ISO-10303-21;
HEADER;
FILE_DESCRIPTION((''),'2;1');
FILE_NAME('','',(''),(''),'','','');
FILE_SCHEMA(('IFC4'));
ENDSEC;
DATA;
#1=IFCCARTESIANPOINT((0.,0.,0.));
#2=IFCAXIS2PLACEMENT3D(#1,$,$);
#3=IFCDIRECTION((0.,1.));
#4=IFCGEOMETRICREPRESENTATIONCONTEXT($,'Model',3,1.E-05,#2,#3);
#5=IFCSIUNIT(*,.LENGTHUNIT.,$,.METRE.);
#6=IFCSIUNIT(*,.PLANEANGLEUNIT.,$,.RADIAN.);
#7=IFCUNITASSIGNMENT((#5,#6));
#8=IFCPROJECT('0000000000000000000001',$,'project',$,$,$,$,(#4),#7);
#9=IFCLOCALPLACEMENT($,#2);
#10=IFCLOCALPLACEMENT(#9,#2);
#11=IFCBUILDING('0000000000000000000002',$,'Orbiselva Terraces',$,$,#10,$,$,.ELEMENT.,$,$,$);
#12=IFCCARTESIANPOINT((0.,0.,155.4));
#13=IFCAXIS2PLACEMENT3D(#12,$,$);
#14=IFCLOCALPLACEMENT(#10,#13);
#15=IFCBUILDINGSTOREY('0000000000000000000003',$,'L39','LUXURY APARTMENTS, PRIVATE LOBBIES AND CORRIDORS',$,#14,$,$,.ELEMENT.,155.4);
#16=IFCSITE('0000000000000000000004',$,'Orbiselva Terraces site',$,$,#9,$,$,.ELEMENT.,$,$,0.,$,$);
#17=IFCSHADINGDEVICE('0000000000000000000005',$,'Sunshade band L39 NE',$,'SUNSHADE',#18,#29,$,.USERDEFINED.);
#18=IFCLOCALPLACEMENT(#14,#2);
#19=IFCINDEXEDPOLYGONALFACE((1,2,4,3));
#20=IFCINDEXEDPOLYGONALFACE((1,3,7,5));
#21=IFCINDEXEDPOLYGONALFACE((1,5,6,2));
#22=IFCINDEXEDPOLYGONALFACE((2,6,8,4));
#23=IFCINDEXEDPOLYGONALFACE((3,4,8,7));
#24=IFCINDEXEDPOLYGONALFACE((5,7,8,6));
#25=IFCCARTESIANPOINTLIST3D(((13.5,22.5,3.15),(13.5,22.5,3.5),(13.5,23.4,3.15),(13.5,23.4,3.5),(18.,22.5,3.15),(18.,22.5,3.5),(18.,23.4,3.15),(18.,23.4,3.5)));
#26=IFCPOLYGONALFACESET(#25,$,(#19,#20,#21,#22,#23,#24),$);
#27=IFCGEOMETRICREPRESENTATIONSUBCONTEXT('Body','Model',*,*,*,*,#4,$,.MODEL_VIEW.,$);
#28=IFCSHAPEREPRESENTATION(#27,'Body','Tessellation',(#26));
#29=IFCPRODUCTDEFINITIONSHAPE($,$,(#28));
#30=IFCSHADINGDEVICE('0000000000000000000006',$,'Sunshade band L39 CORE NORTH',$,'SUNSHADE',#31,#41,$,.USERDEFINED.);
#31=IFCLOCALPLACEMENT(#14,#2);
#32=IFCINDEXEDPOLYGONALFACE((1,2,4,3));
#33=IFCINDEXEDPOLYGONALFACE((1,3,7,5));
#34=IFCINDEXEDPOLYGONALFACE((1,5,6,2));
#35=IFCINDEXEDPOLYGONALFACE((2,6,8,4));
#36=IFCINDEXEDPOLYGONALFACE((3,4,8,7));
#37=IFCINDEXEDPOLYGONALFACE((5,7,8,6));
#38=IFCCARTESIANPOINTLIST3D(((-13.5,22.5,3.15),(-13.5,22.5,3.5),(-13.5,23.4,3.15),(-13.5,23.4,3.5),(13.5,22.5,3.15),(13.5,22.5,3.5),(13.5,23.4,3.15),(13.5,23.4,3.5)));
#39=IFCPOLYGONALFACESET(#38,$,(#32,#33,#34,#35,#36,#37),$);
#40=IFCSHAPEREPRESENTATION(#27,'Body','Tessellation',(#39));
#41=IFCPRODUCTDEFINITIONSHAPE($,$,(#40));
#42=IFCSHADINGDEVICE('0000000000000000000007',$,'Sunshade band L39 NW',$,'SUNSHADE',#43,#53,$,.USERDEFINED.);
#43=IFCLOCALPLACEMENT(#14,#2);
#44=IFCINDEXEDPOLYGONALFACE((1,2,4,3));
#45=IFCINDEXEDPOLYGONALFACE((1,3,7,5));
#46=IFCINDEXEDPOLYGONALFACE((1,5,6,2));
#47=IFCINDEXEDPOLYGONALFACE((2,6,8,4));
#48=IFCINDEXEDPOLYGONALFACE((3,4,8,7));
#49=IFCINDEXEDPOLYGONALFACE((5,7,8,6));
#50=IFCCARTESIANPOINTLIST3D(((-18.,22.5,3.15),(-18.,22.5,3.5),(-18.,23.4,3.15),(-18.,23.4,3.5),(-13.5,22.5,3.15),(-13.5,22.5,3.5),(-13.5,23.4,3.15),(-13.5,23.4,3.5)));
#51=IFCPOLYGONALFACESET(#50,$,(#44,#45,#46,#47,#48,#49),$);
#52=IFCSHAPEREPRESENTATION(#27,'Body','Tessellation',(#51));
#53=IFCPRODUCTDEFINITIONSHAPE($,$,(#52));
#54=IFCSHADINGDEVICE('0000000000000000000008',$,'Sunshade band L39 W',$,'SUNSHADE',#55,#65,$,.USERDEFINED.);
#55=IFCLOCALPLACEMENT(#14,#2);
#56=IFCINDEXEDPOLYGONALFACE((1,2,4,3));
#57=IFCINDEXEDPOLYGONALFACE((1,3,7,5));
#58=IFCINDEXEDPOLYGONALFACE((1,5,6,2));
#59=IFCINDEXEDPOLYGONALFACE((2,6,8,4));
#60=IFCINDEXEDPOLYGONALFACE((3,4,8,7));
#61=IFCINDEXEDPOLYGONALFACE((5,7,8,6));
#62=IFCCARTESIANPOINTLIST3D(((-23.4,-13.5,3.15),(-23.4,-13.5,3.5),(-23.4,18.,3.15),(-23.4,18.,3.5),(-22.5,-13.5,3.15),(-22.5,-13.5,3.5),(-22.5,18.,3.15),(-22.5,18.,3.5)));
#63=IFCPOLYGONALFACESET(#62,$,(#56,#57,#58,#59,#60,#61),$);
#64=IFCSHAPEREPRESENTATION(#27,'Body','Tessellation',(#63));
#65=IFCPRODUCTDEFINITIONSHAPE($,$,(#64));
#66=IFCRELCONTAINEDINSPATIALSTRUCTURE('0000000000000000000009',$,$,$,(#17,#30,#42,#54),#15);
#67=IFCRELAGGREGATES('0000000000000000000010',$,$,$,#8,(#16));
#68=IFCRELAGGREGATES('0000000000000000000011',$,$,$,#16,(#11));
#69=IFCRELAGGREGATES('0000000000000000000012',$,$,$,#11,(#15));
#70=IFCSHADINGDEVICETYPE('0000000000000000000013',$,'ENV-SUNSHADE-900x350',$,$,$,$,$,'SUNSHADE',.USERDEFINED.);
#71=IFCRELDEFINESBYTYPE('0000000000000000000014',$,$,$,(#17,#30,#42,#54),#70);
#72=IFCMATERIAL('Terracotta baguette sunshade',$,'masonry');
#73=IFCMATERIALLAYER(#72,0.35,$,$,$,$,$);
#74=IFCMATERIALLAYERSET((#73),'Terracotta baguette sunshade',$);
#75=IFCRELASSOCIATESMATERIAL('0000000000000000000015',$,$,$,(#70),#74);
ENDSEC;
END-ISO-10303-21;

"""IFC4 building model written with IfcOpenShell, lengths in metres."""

from ifc_helpers import new_model, si_unit, direction, frame, origin, place, context, subcontext, project, spatial, polyline, outline, extrude, material, layer, layer_set, type_object, element, save


model = new_model("IFC4")

# Units and contexts
model_context = context("Model", 3, precision=1e-05, world=origin(), true_north=direction((0.0, 1.0)))
body_context = subcontext(model_context, "Body", "Model", "MODEL_VIEW")
ifc_project = project(units=[si_unit("LENGTHUNIT", "METRE"), si_unit("PLANEANGLEUNIT", "RADIAN")], contexts=[model_context])

# Site, building, storey
site_placement = place(None, origin())
site = spatial("IfcSite", under=ifc_project, at=site_placement, Name="Orbiselva Terraces site", CompositionType="ELEMENT", RefElevation=0.0)
building_placement = place(site_placement, origin())
building = spatial("IfcBuilding", under=site, at=building_placement, Name="Orbiselva Terraces", CompositionType="ELEMENT")
storey_placement = place(building_placement, frame((0.0, 0.0, 155.4)))
storey = spatial("IfcBuildingStorey", under=building, at=storey_placement, Name="L39", Description="LUXURY APARTMENTS, PRIVATE LOBBIES AND CORRIDORS", CompositionType="ELEMENT", Elevation=155.4)

# Shading devices
ifc_material_1 = material(Name="Terracotta baguette sunshade", Category="masonry")
ifc_layer_1 = layer(ifc_material_1, 0.35)
ifc_layer_set_1 = layer_set([ifc_layer_1], Name="Terracotta baguette sunshade")
shading_device_type_1 = type_object("IfcShadingDeviceType", Name="ENV-SUNSHADE-900x350", ElementType="SUNSHADE", PredefinedType="USERDEFINED", material=ifc_layer_set_1)
shading_device_1_placement = place(storey_placement, frame((0.0, 0.0, 3.15)))
element("IfcShadingDevice", 1, at=shading_device_1_placement, inside=storey, type_object=shading_device_type_1, Name="Sunshade band L39 NE", ObjectType="SUNSHADE", PredefinedType="USERDEFINED", context=body_context, shape_type="SweptSolid", body=[
    extrude(outline(polyline([(18.0, 23.4), (13.5, 23.4), (13.5, 22.5), (18.0, 22.5), (18.0, 23.4)])), origin(), (0.0, 0.0, 1.0), 0.35),
])
shading_device_2_placement = place(storey_placement, frame((0.0, 0.0, 3.15)))
element("IfcShadingDevice", 2, at=shading_device_2_placement, inside=storey, type_object=shading_device_type_1, Name="Sunshade band L39 CORE NORTH", ObjectType="SUNSHADE", PredefinedType="USERDEFINED", context=body_context, shape_type="SweptSolid", body=[
    extrude(outline(polyline([(13.5, 23.4), (-13.5, 23.4), (-13.5, 22.5), (13.5, 22.5), (13.5, 23.4)])), origin(), (0.0, 0.0, 1.0), 0.35),
])
shading_device_3_placement = place(storey_placement, frame((0.0, 0.0, 3.15)))
element("IfcShadingDevice", 3, at=shading_device_3_placement, inside=storey, type_object=shading_device_type_1, Name="Sunshade band L39 NW", ObjectType="SUNSHADE", PredefinedType="USERDEFINED", context=body_context, shape_type="SweptSolid", body=[
    extrude(outline(polyline([(-13.5, 23.4), (-18.0, 23.4), (-18.0, 22.5), (-13.5, 22.5), (-13.5, 23.4)])), origin(), (0.0, 0.0, 1.0), 0.35),
])
shading_device_4_placement = place(storey_placement, frame((0.0, 0.0, 3.15)))
element("IfcShadingDevice", 4, at=shading_device_4_placement, inside=storey, type_object=shading_device_type_1, Name="Sunshade band L39 W", ObjectType="SUNSHADE", PredefinedType="USERDEFINED", context=body_context, shape_type="SweptSolid", body=[
    extrude(outline(polyline([(-23.4, 18.0), (-23.4, -13.5), (-22.5, -13.5), (-22.5, 18.0), (-23.4, 18.0)])), origin(), (0.0, 0.0, 1.0), 0.35),
])

save(model, "model.ifc")
